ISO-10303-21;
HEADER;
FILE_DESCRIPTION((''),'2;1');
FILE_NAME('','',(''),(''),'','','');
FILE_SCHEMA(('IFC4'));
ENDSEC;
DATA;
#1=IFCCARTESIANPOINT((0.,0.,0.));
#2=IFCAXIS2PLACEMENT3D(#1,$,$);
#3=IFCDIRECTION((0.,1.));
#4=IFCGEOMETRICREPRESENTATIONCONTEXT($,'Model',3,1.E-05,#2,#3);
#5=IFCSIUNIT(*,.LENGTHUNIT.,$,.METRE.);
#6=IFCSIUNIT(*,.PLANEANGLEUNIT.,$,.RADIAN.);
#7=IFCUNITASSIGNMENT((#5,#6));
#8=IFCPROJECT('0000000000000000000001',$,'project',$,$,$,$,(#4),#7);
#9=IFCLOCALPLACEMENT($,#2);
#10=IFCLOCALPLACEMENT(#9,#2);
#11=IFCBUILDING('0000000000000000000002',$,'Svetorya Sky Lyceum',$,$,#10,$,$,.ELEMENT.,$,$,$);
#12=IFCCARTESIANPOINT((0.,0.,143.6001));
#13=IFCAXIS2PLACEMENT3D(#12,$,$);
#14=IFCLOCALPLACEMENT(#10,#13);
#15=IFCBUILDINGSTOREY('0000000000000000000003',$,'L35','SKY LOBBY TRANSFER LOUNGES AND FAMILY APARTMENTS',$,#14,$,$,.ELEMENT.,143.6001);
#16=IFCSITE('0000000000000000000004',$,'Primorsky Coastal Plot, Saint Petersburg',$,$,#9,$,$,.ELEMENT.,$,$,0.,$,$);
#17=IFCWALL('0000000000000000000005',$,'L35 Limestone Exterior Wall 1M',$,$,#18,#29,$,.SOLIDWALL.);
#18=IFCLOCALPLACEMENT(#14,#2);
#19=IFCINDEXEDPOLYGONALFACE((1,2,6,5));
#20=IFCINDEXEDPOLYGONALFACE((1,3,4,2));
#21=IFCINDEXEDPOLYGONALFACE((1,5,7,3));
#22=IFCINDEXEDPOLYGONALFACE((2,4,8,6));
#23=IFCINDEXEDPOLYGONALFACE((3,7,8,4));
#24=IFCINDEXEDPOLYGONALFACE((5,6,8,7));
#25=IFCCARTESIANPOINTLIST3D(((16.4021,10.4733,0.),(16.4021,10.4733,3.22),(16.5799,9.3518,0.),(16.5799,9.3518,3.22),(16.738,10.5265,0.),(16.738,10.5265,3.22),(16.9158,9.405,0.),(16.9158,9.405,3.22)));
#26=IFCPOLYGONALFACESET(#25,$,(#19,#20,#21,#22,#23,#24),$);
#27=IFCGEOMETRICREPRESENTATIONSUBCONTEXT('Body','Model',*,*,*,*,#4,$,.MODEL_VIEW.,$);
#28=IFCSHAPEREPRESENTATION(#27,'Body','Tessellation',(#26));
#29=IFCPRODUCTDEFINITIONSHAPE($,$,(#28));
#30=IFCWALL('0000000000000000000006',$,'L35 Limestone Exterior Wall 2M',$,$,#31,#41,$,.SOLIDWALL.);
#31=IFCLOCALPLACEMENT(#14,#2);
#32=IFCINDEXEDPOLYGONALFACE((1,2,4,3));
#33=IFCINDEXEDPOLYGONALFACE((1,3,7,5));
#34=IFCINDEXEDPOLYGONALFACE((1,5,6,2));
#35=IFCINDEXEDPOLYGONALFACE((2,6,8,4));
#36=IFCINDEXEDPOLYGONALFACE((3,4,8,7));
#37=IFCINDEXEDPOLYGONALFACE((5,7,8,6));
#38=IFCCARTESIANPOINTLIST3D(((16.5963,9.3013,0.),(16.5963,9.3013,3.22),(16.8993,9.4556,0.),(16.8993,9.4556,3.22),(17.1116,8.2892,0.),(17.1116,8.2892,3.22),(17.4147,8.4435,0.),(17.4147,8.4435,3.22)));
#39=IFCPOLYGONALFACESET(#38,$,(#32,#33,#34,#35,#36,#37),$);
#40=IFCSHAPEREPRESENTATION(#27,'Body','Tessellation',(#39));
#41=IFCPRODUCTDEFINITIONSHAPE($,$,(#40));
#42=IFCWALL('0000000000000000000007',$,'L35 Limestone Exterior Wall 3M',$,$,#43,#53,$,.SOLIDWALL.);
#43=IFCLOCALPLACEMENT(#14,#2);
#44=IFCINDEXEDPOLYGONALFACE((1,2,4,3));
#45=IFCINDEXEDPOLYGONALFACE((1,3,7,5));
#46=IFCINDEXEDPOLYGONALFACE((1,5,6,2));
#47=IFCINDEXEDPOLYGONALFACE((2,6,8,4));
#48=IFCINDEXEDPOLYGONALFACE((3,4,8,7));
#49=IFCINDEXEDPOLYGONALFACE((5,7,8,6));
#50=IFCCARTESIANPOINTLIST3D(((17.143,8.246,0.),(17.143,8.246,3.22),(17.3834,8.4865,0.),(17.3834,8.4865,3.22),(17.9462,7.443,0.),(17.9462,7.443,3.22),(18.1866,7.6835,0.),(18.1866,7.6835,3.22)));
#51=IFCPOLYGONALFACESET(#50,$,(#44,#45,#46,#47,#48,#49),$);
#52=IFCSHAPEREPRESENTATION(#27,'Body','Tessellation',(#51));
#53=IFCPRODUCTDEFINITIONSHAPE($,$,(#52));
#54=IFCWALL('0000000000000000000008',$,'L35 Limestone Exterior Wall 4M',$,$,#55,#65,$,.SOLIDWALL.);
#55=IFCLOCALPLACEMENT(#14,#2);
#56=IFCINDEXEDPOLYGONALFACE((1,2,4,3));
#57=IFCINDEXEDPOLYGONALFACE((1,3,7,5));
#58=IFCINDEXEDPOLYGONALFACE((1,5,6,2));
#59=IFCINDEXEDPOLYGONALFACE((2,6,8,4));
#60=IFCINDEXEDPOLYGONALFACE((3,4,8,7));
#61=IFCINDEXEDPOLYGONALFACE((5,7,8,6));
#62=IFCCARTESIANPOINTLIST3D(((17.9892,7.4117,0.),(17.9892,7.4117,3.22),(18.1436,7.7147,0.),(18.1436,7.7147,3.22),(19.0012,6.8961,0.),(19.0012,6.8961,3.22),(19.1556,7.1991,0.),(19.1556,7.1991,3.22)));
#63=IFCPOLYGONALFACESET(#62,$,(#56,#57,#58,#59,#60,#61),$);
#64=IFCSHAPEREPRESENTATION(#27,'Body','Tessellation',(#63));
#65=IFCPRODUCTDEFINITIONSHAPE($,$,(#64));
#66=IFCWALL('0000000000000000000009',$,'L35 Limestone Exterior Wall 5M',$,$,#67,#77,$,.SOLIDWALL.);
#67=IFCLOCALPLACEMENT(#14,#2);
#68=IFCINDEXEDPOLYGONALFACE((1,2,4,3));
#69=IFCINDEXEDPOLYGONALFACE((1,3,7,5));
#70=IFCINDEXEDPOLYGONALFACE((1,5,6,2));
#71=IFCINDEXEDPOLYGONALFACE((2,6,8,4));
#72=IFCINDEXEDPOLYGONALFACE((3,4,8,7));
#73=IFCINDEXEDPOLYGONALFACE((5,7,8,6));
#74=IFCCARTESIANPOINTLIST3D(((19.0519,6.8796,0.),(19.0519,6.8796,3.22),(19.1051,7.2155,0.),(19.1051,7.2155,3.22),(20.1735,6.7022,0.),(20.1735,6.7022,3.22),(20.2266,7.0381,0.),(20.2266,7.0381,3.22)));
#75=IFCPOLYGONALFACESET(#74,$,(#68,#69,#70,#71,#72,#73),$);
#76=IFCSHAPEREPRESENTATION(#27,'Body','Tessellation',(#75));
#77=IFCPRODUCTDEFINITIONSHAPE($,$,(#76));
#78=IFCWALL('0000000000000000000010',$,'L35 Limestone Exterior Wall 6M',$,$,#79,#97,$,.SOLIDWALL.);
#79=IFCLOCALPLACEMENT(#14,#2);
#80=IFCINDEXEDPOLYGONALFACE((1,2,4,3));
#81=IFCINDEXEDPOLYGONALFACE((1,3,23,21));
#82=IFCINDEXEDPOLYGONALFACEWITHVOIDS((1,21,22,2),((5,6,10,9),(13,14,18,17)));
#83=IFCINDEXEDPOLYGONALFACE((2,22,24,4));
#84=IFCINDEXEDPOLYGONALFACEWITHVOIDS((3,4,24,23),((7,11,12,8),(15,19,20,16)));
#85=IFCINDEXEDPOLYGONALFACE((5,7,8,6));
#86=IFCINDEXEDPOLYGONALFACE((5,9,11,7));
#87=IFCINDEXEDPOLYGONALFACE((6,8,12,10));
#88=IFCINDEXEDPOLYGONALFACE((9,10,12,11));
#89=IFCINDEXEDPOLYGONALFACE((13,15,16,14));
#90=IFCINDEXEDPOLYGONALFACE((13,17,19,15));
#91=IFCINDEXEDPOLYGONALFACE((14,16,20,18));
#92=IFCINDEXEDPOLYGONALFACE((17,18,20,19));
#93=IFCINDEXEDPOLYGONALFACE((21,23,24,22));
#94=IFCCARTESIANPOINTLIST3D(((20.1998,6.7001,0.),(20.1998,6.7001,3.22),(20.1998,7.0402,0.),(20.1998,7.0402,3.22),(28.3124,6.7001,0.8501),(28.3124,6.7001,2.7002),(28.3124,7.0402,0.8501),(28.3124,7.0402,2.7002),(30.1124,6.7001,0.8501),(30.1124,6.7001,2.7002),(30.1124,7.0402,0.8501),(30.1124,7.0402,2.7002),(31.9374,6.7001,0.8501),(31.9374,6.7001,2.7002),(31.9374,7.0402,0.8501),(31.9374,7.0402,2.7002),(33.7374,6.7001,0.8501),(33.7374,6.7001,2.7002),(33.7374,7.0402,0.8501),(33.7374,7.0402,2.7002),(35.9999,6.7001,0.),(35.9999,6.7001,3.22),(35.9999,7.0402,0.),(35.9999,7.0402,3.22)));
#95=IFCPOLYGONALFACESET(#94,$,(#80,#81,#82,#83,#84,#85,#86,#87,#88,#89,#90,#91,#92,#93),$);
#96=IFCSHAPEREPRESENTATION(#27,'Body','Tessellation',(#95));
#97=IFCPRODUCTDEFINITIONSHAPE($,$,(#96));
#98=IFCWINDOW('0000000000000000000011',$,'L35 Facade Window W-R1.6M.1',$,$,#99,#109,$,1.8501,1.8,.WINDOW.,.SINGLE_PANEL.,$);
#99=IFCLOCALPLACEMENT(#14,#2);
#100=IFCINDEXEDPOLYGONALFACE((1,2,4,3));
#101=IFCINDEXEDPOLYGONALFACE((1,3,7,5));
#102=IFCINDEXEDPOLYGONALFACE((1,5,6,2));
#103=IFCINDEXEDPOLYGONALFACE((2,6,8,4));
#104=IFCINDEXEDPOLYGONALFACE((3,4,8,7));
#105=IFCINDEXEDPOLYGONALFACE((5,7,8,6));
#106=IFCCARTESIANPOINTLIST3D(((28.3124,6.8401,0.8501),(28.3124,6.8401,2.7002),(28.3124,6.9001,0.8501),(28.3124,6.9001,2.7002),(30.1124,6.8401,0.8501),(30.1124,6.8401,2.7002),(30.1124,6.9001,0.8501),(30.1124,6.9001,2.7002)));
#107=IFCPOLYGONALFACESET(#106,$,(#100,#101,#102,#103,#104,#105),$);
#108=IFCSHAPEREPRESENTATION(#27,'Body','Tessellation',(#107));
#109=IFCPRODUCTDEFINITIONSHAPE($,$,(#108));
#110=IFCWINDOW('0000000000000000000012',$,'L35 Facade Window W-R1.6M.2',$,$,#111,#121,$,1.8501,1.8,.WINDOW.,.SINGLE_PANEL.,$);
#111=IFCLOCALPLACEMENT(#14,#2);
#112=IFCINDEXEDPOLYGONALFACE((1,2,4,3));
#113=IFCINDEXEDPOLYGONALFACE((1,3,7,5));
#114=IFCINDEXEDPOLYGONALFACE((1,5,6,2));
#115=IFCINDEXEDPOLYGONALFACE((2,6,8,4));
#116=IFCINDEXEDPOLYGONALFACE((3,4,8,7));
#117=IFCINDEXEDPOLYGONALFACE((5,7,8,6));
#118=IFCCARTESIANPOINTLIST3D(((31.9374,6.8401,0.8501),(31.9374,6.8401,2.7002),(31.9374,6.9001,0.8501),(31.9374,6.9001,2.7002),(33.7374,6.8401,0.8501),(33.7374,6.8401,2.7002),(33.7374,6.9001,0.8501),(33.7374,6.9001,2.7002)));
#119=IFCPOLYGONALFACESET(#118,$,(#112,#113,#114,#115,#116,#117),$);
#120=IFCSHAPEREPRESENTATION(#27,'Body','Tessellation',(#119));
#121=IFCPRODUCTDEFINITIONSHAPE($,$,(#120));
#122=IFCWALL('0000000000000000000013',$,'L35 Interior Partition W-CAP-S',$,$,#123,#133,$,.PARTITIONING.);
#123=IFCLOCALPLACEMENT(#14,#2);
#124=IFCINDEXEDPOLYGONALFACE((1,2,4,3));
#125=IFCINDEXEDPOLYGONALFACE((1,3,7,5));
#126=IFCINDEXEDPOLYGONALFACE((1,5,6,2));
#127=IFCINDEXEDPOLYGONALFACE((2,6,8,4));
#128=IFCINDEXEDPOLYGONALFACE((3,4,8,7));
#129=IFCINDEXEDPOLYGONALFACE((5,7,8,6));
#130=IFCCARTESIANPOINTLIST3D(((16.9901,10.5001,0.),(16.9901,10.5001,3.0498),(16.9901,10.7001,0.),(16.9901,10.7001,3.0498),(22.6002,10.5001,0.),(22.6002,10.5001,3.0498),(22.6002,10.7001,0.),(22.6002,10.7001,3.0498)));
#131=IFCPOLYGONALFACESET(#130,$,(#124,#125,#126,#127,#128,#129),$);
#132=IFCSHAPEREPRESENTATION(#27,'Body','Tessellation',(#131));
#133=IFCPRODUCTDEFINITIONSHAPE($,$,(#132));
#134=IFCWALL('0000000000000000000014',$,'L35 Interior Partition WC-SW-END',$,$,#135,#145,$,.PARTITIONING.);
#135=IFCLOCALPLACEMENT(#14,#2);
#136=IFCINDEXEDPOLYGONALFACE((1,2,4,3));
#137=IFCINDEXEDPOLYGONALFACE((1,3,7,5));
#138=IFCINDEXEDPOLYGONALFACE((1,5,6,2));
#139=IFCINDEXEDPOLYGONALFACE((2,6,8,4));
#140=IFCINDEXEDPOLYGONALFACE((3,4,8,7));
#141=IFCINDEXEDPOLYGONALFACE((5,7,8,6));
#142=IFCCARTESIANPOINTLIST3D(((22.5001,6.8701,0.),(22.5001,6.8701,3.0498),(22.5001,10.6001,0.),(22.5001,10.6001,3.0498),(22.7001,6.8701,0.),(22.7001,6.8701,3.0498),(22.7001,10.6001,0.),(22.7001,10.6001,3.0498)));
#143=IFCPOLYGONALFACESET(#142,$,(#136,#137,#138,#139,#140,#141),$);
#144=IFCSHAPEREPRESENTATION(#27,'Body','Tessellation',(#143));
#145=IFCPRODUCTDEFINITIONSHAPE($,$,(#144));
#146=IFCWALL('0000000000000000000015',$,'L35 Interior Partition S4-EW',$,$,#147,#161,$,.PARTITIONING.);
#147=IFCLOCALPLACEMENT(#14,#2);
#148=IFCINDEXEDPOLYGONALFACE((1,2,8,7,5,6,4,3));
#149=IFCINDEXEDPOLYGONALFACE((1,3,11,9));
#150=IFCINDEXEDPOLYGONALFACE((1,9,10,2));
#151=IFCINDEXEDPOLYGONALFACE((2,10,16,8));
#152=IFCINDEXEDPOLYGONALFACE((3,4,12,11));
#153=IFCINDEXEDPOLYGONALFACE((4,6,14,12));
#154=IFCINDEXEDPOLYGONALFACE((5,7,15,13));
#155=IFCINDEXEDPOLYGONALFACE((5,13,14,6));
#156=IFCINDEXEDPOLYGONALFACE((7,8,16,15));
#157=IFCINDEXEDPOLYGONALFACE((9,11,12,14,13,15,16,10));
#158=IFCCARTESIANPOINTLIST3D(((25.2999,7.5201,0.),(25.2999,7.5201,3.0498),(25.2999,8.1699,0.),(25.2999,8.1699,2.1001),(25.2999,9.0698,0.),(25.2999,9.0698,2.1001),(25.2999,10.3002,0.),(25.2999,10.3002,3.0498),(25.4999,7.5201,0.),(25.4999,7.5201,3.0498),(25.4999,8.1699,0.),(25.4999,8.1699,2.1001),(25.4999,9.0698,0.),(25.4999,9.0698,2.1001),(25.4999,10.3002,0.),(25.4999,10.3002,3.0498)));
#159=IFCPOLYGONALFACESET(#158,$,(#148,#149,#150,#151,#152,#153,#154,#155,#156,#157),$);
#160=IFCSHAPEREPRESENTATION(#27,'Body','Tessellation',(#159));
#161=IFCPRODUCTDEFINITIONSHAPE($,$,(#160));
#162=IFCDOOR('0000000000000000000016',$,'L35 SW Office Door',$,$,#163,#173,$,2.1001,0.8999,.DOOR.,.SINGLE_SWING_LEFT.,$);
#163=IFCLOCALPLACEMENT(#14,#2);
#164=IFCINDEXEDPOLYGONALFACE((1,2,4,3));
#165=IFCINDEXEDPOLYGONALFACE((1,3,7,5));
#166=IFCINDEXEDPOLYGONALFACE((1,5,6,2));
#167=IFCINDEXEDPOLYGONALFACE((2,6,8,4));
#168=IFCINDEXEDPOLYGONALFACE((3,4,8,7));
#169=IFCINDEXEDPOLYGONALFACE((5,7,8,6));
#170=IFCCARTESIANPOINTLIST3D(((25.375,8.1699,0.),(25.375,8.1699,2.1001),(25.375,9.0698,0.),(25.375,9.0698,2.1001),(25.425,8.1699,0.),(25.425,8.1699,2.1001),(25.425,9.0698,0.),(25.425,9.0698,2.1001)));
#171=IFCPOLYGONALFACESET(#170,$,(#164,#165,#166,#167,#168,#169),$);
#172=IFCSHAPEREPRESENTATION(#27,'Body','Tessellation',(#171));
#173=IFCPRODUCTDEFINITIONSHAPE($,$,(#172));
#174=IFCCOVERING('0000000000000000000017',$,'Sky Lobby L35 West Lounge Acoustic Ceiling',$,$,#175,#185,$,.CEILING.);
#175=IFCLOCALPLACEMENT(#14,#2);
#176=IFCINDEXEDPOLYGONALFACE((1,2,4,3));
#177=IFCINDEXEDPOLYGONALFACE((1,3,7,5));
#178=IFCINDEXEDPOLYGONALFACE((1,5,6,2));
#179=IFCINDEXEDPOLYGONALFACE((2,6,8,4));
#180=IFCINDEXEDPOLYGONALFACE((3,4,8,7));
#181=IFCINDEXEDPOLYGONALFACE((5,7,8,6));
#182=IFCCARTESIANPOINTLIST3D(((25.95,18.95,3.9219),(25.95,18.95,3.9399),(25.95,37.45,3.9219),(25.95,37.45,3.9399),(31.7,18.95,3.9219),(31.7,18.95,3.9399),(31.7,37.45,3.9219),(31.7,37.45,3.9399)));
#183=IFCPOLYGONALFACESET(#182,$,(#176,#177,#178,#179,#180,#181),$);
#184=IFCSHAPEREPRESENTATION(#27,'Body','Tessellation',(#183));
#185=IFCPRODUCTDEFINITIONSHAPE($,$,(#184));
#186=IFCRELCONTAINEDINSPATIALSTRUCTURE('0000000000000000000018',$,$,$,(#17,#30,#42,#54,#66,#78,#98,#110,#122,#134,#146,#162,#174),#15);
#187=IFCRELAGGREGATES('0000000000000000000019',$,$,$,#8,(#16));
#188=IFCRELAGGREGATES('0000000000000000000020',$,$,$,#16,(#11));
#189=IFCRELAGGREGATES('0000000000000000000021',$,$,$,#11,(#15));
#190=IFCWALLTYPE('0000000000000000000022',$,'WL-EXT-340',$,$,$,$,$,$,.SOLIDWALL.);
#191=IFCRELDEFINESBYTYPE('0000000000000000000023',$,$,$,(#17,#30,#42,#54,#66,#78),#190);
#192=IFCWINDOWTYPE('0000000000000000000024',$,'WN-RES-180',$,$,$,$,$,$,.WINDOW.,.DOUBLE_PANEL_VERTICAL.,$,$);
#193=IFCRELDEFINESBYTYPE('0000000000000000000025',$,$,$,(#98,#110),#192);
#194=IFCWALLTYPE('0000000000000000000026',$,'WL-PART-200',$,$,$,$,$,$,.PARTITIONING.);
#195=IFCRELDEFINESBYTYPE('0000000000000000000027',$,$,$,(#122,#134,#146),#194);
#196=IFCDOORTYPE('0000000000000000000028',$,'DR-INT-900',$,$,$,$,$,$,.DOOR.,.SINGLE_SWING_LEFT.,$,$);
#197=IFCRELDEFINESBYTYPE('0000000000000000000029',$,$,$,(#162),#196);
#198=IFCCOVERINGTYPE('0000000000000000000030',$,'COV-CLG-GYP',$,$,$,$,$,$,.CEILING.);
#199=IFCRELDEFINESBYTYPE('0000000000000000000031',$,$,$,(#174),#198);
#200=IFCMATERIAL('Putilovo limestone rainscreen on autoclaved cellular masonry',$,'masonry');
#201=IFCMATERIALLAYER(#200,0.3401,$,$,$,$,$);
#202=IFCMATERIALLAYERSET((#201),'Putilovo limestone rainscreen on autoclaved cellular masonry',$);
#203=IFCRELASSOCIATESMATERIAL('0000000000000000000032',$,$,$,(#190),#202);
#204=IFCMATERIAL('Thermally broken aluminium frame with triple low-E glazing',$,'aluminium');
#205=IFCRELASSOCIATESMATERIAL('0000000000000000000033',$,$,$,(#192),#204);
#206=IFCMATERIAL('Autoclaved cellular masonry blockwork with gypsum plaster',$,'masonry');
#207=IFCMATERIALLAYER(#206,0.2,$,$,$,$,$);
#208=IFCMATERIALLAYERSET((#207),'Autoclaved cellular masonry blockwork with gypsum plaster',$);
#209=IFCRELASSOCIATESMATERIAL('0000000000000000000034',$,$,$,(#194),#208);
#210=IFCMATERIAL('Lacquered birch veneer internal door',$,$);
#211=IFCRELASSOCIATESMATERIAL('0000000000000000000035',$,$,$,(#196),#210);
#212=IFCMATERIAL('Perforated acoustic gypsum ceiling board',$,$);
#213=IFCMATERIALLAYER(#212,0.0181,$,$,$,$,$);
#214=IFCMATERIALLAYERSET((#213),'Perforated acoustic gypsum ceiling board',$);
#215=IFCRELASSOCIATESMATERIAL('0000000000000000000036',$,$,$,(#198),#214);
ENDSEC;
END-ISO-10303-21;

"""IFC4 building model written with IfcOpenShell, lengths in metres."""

from ifc_helpers import new_model, si_unit, direction, frame, frame_2d, origin, place, context, subcontext, project, spatial, polyline, rectangle, outline, extrude, material, layer, layer_set, type_object, element, fill, save


model = new_model("IFC4")

# Units and contexts
model_context = context("Model", 3, precision=1e-05, world=origin(), true_north=direction((0.0, 1.0)))
body_context = subcontext(model_context, "Body", "Model", "MODEL_VIEW")
ifc_project = project(units=[si_unit("LENGTHUNIT", "METRE"), si_unit("PLANEANGLEUNIT", "RADIAN")], contexts=[model_context])

# Site, building, storey
site_placement = place(None, origin())
site = spatial("IfcSite", under=ifc_project, at=site_placement, Name="Primorsky Coastal Plot, Saint Petersburg", CompositionType="ELEMENT", RefElevation=0.0)
building_placement = place(site_placement, origin())
building = spatial("IfcBuilding", under=site, at=building_placement, Name="Svetorya Sky Lyceum", CompositionType="ELEMENT")
storey_placement = place(building_placement, frame((0.0, 0.0, 143.6001)))
storey = spatial("IfcBuildingStorey", under=building, at=storey_placement, Name="L35", Description="SKY LOBBY TRANSFER LOUNGES AND FAMILY APARTMENTS", CompositionType="ELEMENT", Elevation=143.6001)

# Walls
ifc_material_1 = material(Name="Putilovo limestone rainscreen on autoclaved cellular masonry", Category="masonry")
ifc_layer_1 = layer(ifc_material_1, 0.3401)
ifc_layer_set_1 = layer_set([ifc_layer_1], Name="Putilovo limestone rainscreen on autoclaved cellular masonry")
wall_type_1 = type_object("IfcWallType", Name="WL-EXT-340", PredefinedType="SOLIDWALL", material=ifc_layer_set_1)
wall_1_placement = place(storey_placement, frame((16.5701, 10.5, 0.0), z_axis=(0.0, 0.0, 1.0), x_axis=(0.156515, -0.987676, 0.0)))
element("IfcWall", 1, at=wall_1_placement, inside=storey, type_object=wall_type_1, Name="L35 Limestone Exterior Wall 1M", PredefinedType="SOLIDWALL", context=body_context, shape_type="SweptSolid", body=[
    extrude(rectangle(XDim=1.1355, YDim=0.3401, at=frame_2d((0.5679, 0.0))), origin(), (0.0, 0.0, 1.0), 3.22),
])
for number, where, z_axis, x_axis, name in (
    (2, (16.7478, 9.3784, 0.0), (0.0, 0.0, 1.0), (0.453736, -0.891136, 0.0), "L35 Limestone Exterior Wall 2M"),
    (3, (17.2632, 8.3662, 0.0), (0.0, 0.0, 1.0), (0.707214, -0.706999, 0.0), "L35 Limestone Exterior Wall 3M"),
    (4, (18.0664, 7.5632, 0.0), (0.0, 0.0, 1.0), (0.891005, -0.453993, 0.0), "L35 Limestone Exterior Wall 4M"),
):
    element("IfcWall", number, at=place(storey_placement, frame(where, z_axis=z_axis, x_axis=x_axis)), inside=storey, type_object=wall_type_1, Name=name, PredefinedType="SOLIDWALL", context=body_context, shape_type="SweptSolid", body=[
        extrude(rectangle(XDim=1.1357, YDim=0.3401, at=frame_2d((0.5679, 0.0))), origin(), (0.0, 0.0, 1.0), 3.22),
    ])
wall_2_placement = place(storey_placement, frame((19.0784, 7.0476, 0.0), z_axis=(0.0, 0.0, 1.0), x_axis=(0.987709, -0.156305, 0.0)))
element("IfcWall", 5, at=wall_2_placement, inside=storey, type_object=wall_type_1, Name="L35 Limestone Exterior Wall 5M", PredefinedType="SOLIDWALL", context=body_context, shape_type="SweptSolid", body=[
    extrude(rectangle(XDim=1.1355, YDim=0.3401, at=frame_2d((0.5679, 0.0))), origin(), (0.0, 0.0, 1.0), 3.22),
])

# Wall, openings, windows
wall_3_placement = place(storey_placement, frame((20.2, 6.8701, 0.0), z_axis=(0.0, 0.0, 1.0), x_axis=(1.0, 0.0, 0.0)))
wall_3 = element("IfcWall", 6, at=wall_3_placement, inside=storey, type_object=wall_type_1, Name="L35 Limestone Exterior Wall 6M", PredefinedType="SOLIDWALL", context=body_context, shape_type="SweptSolid", body=[
    extrude(rectangle(XDim=15.8, YDim=0.3401, at=frame_2d((7.8999, 0.0))), origin(), (0.0, 0.0, 1.0), 3.22),
])
opening_1_placement = place(wall_3_placement, frame((8.1125, 0.0, 0.8501)))
opening_1 = element("IfcOpeningElement", 7, at=opening_1_placement, cuts=wall_3, PredefinedType="OPENING", context=body_context, shape_type="SweptSolid", body=[
    extrude(rectangle(XDim=1.8, YDim=1.8501, at=frame_2d((0.8999, 0.925))), frame((0.0, 0.1799, 0.0), z_axis=(0.0, -1.0, 0.0), x_axis=(1.0, 0.0, 0.0)), (0.0, 0.0, 1.0), 0.3601),
])
opening_2_placement = place(wall_3_placement, frame((11.7375, 0.0, 0.8501)))
opening_2 = element("IfcOpeningElement", 8, at=opening_2_placement, cuts=wall_3, PredefinedType="OPENING", context=body_context, shape_type="SweptSolid", body=[
    extrude(rectangle(XDim=1.8, YDim=1.8501, at=frame_2d((0.8999, 0.925))), frame((0.0, 0.1799, 0.0), z_axis=(0.0, -1.0, 0.0), x_axis=(1.0, 0.0, 0.0)), (0.0, 0.0, 1.0), 0.3601),
])
ifc_material_2 = material(Name="Thermally broken aluminium frame with triple low-E glazing", Category="aluminium")
window_type = type_object("IfcWindowType", Name="WN-RES-180", PartitioningType="DOUBLE_PANEL_VERTICAL", PredefinedType="WINDOW", material=ifc_material_2)
window_1_placement = place(opening_1_placement, origin())
window_1 = element("IfcWindow", 9, at=window_1_placement, inside=storey, type_object=window_type, Name="L35 Facade Window W-R1.6M.1", OverallHeight=1.8501, OverallWidth=1.8, PartitioningType="SINGLE_PANEL", PredefinedType="WINDOW", context=body_context, shape_type="SweptSolid", body=[
    extrude(rectangle(XDim=1.8, YDim=1.8501, at=frame_2d((0.8999, 0.925))), frame((0.0, 0.03, 0.0), z_axis=(0.0, -1.0, 0.0), x_axis=(1.0, 0.0, 0.0)), (0.0, 0.0, 1.0), 0.0601),
])
fill(opening_1, window_1)
window_2_placement = place(opening_2_placement, origin())
window_2 = element("IfcWindow", 10, at=window_2_placement, inside=storey, type_object=window_type, Name="L35 Facade Window W-R1.6M.2", OverallHeight=1.8501, OverallWidth=1.8, PartitioningType="SINGLE_PANEL", PredefinedType="WINDOW", context=body_context, shape_type="SweptSolid", body=[
    extrude(rectangle(XDim=1.8, YDim=1.8501, at=frame_2d((0.8999, 0.925))), frame((0.0, 0.03, 0.0), z_axis=(0.0, -1.0, 0.0), x_axis=(1.0, 0.0, 0.0)), (0.0, 0.0, 1.0), 0.0601),
])
fill(opening_2, window_2)

# Walls
ifc_material_3 = material(Name="Autoclaved cellular masonry blockwork with gypsum plaster", Category="masonry")
ifc_layer_2 = layer(ifc_material_3, 0.2)
ifc_layer_set_2 = layer_set([ifc_layer_2], Name="Autoclaved cellular masonry blockwork with gypsum plaster")
wall_type_2 = type_object("IfcWallType", Name="WL-PART-200", PredefinedType="PARTITIONING", material=ifc_layer_set_2)
wall_4_placement = place(storey_placement, frame((16.99, 10.6001, 0.0), z_axis=(0.0, 0.0, 1.0), x_axis=(1.0, 0.0, 0.0)))
element("IfcWall", 11, at=wall_4_placement, inside=storey, type_object=wall_type_2, Name="L35 Interior Partition W-CAP-S", PredefinedType="PARTITIONING", context=body_context, shape_type="SweptSolid", body=[
    extrude(rectangle(XDim=5.6101, YDim=0.2, at=frame_2d((2.8052, 0.0))), origin(), (0.0, 0.0, 1.0), 3.0498),
])
wall_5_placement = place(storey_placement, frame((22.6001, 6.8701, 0.0), z_axis=(0.0, 0.0, 1.0), x_axis=(0.0, 1.0, 0.0)))
element("IfcWall", 12, at=wall_5_placement, inside=storey, type_object=wall_type_2, Name="L35 Interior Partition WC-SW-END", PredefinedType="PARTITIONING", context=body_context, shape_type="SweptSolid", body=[
    extrude(rectangle(XDim=3.73, YDim=0.2, at=frame_2d((1.865, 0.0))), origin(), (0.0, 0.0, 1.0), 3.0498),
])

# Wall, opening, door
wall_6_placement = place(storey_placement, frame((25.3999, 7.52, 0.0), z_axis=(0.0, 0.0, 1.0), x_axis=(0.0, 1.0, 0.0)))
wall_6 = element("IfcWall", 13, at=wall_6_placement, inside=storey, type_object=wall_type_2, Name="L35 Interior Partition S4-EW", PredefinedType="PARTITIONING", context=body_context, shape_type="SweptSolid", body=[
    extrude(rectangle(XDim=2.78, YDim=0.2, at=frame_2d((1.3901, 0.0))), origin(), (0.0, 0.0, 1.0), 3.0498),
])
opening_3_placement = place(wall_6_placement, frame((0.6499, 0.0, 0.0)))
opening_3 = element("IfcOpeningElement", 14, at=opening_3_placement, cuts=wall_6, PredefinedType="OPENING", context=body_context, shape_type="SweptSolid", body=[
    extrude(rectangle(XDim=0.8999, YDim=2.1001, at=frame_2d((0.45, 1.05))), frame((0.0, 0.1099, 0.0), z_axis=(0.0, -1.0, 0.0), x_axis=(1.0, 0.0, 0.0)), (0.0, 0.0, 1.0), 0.22),
])
ifc_material_4 = material(Name="Lacquered birch veneer internal door")
door_type = type_object("IfcDoorType", Name="DR-INT-900", OperationType="SINGLE_SWING_LEFT", PredefinedType="DOOR", material=ifc_material_4)
door_placement = place(opening_3_placement, origin())
door = element("IfcDoor", 15, at=door_placement, inside=storey, type_object=door_type, Name="L35 SW Office Door", OperationType="SINGLE_SWING_LEFT", OverallHeight=2.1001, OverallWidth=0.8999, PredefinedType="DOOR", context=body_context, shape_type="SweptSolid", body=[
    extrude(rectangle(XDim=0.8999, YDim=2.1001, at=frame_2d((0.45, 1.05))), frame((0.0, 0.0249, 0.0), z_axis=(0.0, -1.0, 0.0), x_axis=(1.0, 0.0, 0.0)), (0.0, 0.0, 1.0), 0.05),
])
fill(opening_3, door)

# Covering
ifc_material_5 = material(Name="Perforated acoustic gypsum ceiling board")
ifc_layer_3 = layer(ifc_material_5, 0.0181)
ifc_layer_set_3 = layer_set([ifc_layer_3], Name="Perforated acoustic gypsum ceiling board")
covering_type_1 = type_object("IfcCoveringType", Name="COV-CLG-GYP", PredefinedType="CEILING", material=ifc_layer_set_3)
covering_1_placement = place(storey_placement, frame((0.0, 0.0, 3.9219)))
element("IfcCovering", 16, at=covering_1_placement, inside=storey, type_object=covering_type_1, Name="Sky Lobby L35 West Lounge Acoustic Ceiling", PredefinedType="CEILING", context=body_context, shape_type="SweptSolid", body=[
    extrude(outline(polyline([(25.95, 18.95), (31.7, 18.95), (31.7, 37.45), (25.95, 37.45), (25.95, 18.95)])), origin(), (0.0, 0.0, 1.0), 0.0181),
])

save(model, "model.ifc")
